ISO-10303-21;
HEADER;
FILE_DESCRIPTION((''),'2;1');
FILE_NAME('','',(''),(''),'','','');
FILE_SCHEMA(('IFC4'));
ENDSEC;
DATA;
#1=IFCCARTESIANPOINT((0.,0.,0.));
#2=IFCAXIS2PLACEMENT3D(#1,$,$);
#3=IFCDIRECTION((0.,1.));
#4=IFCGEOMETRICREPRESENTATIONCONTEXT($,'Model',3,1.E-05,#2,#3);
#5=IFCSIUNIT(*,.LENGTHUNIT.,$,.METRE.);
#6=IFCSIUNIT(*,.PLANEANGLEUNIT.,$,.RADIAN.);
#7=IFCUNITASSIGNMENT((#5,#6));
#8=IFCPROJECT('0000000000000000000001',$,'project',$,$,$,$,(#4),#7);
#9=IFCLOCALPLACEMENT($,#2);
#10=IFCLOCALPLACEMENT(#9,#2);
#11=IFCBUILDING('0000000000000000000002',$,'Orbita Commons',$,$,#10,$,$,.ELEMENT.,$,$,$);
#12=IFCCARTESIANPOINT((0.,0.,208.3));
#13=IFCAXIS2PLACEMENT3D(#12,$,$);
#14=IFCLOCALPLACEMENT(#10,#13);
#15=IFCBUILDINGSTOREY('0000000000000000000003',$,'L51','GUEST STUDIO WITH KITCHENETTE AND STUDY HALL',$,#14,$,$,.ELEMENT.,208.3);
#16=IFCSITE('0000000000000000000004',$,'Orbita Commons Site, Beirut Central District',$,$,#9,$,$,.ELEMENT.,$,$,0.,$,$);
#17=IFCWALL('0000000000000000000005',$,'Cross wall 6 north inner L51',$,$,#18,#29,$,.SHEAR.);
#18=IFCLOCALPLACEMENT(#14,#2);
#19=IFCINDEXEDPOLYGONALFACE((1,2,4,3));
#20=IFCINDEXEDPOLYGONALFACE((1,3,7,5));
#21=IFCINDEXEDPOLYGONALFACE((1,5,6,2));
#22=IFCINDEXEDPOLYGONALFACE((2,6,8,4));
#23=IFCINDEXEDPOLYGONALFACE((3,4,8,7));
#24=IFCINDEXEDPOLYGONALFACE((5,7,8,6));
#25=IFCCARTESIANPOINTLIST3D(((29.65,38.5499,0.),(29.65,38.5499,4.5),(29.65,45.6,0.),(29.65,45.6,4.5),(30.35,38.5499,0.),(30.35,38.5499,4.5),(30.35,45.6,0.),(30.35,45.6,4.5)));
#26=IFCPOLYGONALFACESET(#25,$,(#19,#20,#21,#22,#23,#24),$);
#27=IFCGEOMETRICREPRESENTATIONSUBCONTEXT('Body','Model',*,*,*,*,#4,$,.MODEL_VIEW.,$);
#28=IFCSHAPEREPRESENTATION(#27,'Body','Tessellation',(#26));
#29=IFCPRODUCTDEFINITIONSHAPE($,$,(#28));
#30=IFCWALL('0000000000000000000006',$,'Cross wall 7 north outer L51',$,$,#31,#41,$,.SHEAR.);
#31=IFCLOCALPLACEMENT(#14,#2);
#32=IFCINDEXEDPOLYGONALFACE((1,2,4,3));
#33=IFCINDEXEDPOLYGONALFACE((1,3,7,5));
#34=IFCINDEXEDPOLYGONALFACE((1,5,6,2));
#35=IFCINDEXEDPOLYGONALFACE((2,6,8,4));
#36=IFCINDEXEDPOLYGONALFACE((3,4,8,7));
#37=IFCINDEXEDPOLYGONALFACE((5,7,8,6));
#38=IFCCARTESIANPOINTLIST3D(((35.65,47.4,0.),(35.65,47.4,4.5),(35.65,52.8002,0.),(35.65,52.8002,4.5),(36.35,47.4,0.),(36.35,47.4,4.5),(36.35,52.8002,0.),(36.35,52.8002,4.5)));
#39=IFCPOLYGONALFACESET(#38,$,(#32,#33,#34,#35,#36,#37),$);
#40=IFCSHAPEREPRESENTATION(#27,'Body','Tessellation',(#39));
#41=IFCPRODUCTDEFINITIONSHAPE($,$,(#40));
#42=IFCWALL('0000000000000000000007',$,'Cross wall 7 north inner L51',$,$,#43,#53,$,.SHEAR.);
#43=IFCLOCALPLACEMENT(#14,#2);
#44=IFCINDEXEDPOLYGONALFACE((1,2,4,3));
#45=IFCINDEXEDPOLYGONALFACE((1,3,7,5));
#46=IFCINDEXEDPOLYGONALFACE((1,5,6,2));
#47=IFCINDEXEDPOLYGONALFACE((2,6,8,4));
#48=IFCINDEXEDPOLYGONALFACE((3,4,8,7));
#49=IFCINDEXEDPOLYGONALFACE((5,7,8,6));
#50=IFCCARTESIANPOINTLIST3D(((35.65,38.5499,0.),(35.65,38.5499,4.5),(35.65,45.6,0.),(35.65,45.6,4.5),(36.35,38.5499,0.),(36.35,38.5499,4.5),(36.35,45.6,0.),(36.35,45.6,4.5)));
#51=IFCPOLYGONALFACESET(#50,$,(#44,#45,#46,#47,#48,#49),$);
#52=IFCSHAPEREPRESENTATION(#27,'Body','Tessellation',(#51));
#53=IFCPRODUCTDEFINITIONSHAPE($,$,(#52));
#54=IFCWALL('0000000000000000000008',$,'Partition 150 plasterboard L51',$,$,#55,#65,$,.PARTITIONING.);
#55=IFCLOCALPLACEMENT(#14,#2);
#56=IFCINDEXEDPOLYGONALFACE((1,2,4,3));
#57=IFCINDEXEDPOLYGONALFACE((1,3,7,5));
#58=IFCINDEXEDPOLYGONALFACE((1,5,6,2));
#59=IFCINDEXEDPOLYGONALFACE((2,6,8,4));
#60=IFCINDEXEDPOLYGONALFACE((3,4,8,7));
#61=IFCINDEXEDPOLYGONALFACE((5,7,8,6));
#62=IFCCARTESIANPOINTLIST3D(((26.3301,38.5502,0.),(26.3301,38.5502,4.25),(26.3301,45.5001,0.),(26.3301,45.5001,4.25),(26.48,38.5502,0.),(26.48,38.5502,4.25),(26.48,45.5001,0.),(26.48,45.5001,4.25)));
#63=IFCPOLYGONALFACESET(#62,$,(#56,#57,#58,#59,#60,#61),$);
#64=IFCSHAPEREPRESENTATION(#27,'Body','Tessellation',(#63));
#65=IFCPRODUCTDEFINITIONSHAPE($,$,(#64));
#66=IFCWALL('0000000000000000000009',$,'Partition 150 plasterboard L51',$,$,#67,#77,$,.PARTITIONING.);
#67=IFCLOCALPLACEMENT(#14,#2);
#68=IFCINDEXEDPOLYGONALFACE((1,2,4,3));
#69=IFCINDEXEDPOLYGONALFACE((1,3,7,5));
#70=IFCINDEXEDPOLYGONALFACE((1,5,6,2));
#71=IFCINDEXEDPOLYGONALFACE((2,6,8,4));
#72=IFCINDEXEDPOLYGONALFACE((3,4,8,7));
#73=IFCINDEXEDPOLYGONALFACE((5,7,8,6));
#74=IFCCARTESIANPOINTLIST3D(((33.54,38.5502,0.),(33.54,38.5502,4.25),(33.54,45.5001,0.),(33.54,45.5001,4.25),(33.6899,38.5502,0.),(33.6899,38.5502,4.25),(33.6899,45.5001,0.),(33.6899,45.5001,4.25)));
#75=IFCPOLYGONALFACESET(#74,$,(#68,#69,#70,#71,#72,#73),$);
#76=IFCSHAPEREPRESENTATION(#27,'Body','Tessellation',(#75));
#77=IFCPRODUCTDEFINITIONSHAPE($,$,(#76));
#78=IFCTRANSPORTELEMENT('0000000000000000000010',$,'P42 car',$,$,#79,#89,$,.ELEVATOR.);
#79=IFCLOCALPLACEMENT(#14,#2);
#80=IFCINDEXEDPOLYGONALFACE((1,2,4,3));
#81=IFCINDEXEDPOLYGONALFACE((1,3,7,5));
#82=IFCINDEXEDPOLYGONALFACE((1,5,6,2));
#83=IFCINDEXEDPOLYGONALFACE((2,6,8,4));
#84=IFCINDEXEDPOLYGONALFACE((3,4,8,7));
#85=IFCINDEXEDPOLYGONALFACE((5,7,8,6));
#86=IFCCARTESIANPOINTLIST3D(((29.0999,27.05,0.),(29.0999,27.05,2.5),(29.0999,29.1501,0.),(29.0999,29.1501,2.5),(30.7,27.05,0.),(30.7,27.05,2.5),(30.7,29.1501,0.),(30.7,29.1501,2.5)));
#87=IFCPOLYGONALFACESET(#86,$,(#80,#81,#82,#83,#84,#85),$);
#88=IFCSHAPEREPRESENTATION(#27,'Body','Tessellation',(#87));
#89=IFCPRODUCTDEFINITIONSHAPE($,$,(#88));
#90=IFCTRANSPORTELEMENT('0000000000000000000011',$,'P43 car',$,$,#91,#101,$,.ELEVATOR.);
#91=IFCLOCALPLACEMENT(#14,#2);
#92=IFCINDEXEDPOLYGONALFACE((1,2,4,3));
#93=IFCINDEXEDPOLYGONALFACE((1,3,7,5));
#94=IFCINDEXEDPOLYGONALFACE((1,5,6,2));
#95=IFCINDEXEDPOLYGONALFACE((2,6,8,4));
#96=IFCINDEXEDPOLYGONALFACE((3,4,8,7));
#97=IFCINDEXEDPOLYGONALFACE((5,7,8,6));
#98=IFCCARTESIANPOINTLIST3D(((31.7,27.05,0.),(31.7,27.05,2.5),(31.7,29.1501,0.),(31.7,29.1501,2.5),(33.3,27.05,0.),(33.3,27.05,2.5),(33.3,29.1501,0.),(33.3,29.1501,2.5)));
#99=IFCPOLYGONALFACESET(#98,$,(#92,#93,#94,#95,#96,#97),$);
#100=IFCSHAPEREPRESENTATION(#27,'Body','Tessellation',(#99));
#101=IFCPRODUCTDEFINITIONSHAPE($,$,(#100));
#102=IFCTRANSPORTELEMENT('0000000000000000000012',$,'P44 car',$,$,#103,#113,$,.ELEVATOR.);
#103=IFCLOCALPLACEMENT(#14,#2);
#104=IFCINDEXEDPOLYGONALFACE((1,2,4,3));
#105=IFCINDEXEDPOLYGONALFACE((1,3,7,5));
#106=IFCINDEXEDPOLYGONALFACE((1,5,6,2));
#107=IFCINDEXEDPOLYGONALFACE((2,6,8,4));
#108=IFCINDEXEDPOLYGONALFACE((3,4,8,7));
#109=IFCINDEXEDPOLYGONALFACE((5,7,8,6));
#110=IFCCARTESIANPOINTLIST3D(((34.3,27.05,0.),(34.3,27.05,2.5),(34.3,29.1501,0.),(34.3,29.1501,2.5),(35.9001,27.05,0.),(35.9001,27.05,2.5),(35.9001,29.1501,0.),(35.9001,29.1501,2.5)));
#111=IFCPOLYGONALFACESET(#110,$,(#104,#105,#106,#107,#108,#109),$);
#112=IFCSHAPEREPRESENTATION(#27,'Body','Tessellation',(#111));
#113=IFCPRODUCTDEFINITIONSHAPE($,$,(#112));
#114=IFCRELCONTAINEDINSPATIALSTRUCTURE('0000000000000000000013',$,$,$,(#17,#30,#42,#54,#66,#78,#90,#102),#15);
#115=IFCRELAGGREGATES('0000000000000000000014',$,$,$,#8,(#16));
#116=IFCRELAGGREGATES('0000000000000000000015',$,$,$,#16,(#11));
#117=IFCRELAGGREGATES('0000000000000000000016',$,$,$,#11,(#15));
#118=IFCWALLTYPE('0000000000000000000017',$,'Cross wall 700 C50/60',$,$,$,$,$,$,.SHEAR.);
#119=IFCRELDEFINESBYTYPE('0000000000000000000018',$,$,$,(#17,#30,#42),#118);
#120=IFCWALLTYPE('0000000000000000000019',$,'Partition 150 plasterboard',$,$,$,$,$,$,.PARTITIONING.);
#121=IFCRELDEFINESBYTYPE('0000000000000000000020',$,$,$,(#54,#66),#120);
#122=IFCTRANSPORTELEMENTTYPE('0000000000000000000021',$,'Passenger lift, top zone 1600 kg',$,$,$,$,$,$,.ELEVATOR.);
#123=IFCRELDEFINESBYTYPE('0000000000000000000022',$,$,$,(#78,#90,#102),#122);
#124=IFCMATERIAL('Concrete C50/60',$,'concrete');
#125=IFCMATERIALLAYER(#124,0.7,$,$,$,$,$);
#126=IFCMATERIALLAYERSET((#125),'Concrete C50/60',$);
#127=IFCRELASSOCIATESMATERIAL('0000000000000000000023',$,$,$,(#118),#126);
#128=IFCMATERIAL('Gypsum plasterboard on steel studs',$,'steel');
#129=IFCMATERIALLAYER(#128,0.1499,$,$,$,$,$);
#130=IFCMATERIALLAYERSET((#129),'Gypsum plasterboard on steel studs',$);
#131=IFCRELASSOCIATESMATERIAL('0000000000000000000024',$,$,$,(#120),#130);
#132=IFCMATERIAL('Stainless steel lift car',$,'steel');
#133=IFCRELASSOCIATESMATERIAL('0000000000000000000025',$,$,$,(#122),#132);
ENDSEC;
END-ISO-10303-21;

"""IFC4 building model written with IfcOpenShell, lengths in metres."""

from ifc_helpers import new_model, si_unit, direction, frame, frame_2d, origin, origin_2d, place, context, subcontext, project, spatial, rectangle, extrude, material, layer, layer_set, type_object, element, save


model = new_model("IFC4")

# Units and contexts
model_context = context("Model", 3, precision=1e-05, world=origin(), true_north=direction((0.0, 1.0)))
body_context = subcontext(model_context, "Body", "Model", "MODEL_VIEW")
ifc_project = project(units=[si_unit("LENGTHUNIT", "METRE"), si_unit("PLANEANGLEUNIT", "RADIAN")], contexts=[model_context])

# Site, building, storey
site_placement = place(None, origin())
site = spatial("IfcSite", under=ifc_project, at=site_placement, Name="Orbita Commons Site, Beirut Central District", CompositionType="ELEMENT", RefElevation=0.0)
building_placement = place(site_placement, origin())
building = spatial("IfcBuilding", under=site, at=building_placement, Name="Orbita Commons", CompositionType="ELEMENT")
storey_placement = place(building_placement, frame((0.0, 0.0, 208.3)))
storey = spatial("IfcBuildingStorey", under=building, at=storey_placement, Name="L51", Description="GUEST STUDIO WITH KITCHENETTE AND STUDY HALL", CompositionType="ELEMENT", Elevation=208.3)

# Walls
ifc_material_1 = material(Name="Concrete C50/60", Category="concrete")
ifc_layer_1 = layer(ifc_material_1, 0.7)
ifc_layer_set_1 = layer_set([ifc_layer_1], Name="Concrete C50/60")
wall_type_1 = type_object("IfcWallType", Name="Cross wall 700 C50/60", PredefinedType="SHEAR", material=ifc_layer_set_1)
wall_1_placement = place(storey_placement, frame((30.0, 38.55, 0.0), z_axis=(0.0, 0.0, 1.0), x_axis=(0.0, 1.0, 0.0)))
element("IfcWall", 1, at=wall_1_placement, inside=storey, type_object=wall_type_1, Name="Cross wall 6 north inner L51", PredefinedType="SHEAR", context=body_context, shape_type="SweptSolid", body=[
    extrude(rectangle(XDim=7.05, YDim=0.7, at=frame_2d((3.5249, 0.0))), origin(), (0.0, 0.0, 1.0), 4.5),
])
wall_2_placement = place(storey_placement, frame((36.0, 47.3999, 0.0), z_axis=(0.0, 0.0, 1.0), x_axis=(0.0, 1.0, 0.0)))
element("IfcWall", 2, at=wall_2_placement, inside=storey, type_object=wall_type_1, Name="Cross wall 7 north outer L51", PredefinedType="SHEAR", context=body_context, shape_type="SweptSolid", body=[
    extrude(rectangle(XDim=5.4001, YDim=0.7, at=frame_2d((2.7002, 0.0))), origin(), (0.0, 0.0, 1.0), 4.5),
])
wall_3_placement = place(storey_placement, frame((36.0, 38.55, 0.0), z_axis=(0.0, 0.0, 1.0), x_axis=(0.0, 1.0, 0.0)))
element("IfcWall", 3, at=wall_3_placement, inside=storey, type_object=wall_type_1, Name="Cross wall 7 north inner L51", PredefinedType="SHEAR", context=body_context, shape_type="SweptSolid", body=[
    extrude(rectangle(XDim=7.05, YDim=0.7, at=frame_2d((3.5249, 0.0))), origin(), (0.0, 0.0, 1.0), 4.5),
])
ifc_material_2 = material(Name="Gypsum plasterboard on steel studs", Category="steel")
ifc_layer_2 = layer(ifc_material_2, 0.1499)
ifc_layer_set_2 = layer_set([ifc_layer_2], Name="Gypsum plasterboard on steel studs")
wall_type_2 = type_object("IfcWallType", Name="Partition 150 plasterboard", PredefinedType="PARTITIONING", material=ifc_layer_set_2)
for number, where, z_axis, x_axis, name in (
    (4, (26.405, 38.55, 0.0), (0.0, 0.0, 1.0), (0.0, 1.0, 0.0), "Partition 150 plasterboard L51"),
    (5, (33.615, 38.55, 0.0), (0.0, 0.0, 1.0), (0.0, 1.0, 0.0), "Partition 150 plasterboard L51"),
):
    element("IfcWall", number, at=place(storey_placement, frame(where, z_axis=z_axis, x_axis=x_axis)), inside=storey, type_object=wall_type_2, Name=name, PredefinedType="PARTITIONING", context=body_context, shape_type="SweptSolid", body=[
        extrude(rectangle(XDim=6.95, YDim=0.1499, at=frame_2d((3.4751, 0.0))), origin(), (0.0, 0.0, 1.0), 4.25),
    ])

# Transport elements
ifc_material_3 = material(Name="Stainless steel lift car", Category="steel")
transport_element_type = type_object("IfcTransportElementType", Name="Passenger lift, top zone 1600 kg", PredefinedType="ELEVATOR", material=ifc_material_3)
transport_element_1_placement = place(storey_placement, frame((29.8999, 28.1001, 0.0), z_axis=(0.0, 0.0, 1.0), x_axis=(1.0, 0.0, 0.0)))
element("IfcTransportElement", 6, at=transport_element_1_placement, inside=storey, type_object=transport_element_type, Name="P42 car", PredefinedType="ELEVATOR", context=body_context, shape_type="SweptSolid", body=[
    extrude(rectangle(XDim=1.6001, YDim=2.1001, at=origin_2d()), origin(), (0.0, 0.0, 1.0), 2.5),
])
transport_element_2_placement = place(storey_placement, frame((32.5, 28.1001, 0.0), z_axis=(0.0, 0.0, 1.0), x_axis=(1.0, 0.0, 0.0)))
element("IfcTransportElement", 7, at=transport_element_2_placement, inside=storey, type_object=transport_element_type, Name="P43 car", PredefinedType="ELEVATOR", context=body_context, shape_type="SweptSolid", body=[
    extrude(rectangle(XDim=1.6001, YDim=2.1001, at=origin_2d()), origin(), (0.0, 0.0, 1.0), 2.5),
])
transport_element_3_placement = place(storey_placement, frame((35.1001, 28.1001, 0.0), z_axis=(0.0, 0.0, 1.0), x_axis=(1.0, 0.0, 0.0)))
element("IfcTransportElement", 8, at=transport_element_3_placement, inside=storey, type_object=transport_element_type, Name="P44 car", PredefinedType="ELEVATOR", context=body_context, shape_type="SweptSolid", body=[
    extrude(rectangle(XDim=1.6001, YDim=2.1001, at=origin_2d()), origin(), (0.0, 0.0, 1.0), 2.5),
])

save(model, "model.ifc")
